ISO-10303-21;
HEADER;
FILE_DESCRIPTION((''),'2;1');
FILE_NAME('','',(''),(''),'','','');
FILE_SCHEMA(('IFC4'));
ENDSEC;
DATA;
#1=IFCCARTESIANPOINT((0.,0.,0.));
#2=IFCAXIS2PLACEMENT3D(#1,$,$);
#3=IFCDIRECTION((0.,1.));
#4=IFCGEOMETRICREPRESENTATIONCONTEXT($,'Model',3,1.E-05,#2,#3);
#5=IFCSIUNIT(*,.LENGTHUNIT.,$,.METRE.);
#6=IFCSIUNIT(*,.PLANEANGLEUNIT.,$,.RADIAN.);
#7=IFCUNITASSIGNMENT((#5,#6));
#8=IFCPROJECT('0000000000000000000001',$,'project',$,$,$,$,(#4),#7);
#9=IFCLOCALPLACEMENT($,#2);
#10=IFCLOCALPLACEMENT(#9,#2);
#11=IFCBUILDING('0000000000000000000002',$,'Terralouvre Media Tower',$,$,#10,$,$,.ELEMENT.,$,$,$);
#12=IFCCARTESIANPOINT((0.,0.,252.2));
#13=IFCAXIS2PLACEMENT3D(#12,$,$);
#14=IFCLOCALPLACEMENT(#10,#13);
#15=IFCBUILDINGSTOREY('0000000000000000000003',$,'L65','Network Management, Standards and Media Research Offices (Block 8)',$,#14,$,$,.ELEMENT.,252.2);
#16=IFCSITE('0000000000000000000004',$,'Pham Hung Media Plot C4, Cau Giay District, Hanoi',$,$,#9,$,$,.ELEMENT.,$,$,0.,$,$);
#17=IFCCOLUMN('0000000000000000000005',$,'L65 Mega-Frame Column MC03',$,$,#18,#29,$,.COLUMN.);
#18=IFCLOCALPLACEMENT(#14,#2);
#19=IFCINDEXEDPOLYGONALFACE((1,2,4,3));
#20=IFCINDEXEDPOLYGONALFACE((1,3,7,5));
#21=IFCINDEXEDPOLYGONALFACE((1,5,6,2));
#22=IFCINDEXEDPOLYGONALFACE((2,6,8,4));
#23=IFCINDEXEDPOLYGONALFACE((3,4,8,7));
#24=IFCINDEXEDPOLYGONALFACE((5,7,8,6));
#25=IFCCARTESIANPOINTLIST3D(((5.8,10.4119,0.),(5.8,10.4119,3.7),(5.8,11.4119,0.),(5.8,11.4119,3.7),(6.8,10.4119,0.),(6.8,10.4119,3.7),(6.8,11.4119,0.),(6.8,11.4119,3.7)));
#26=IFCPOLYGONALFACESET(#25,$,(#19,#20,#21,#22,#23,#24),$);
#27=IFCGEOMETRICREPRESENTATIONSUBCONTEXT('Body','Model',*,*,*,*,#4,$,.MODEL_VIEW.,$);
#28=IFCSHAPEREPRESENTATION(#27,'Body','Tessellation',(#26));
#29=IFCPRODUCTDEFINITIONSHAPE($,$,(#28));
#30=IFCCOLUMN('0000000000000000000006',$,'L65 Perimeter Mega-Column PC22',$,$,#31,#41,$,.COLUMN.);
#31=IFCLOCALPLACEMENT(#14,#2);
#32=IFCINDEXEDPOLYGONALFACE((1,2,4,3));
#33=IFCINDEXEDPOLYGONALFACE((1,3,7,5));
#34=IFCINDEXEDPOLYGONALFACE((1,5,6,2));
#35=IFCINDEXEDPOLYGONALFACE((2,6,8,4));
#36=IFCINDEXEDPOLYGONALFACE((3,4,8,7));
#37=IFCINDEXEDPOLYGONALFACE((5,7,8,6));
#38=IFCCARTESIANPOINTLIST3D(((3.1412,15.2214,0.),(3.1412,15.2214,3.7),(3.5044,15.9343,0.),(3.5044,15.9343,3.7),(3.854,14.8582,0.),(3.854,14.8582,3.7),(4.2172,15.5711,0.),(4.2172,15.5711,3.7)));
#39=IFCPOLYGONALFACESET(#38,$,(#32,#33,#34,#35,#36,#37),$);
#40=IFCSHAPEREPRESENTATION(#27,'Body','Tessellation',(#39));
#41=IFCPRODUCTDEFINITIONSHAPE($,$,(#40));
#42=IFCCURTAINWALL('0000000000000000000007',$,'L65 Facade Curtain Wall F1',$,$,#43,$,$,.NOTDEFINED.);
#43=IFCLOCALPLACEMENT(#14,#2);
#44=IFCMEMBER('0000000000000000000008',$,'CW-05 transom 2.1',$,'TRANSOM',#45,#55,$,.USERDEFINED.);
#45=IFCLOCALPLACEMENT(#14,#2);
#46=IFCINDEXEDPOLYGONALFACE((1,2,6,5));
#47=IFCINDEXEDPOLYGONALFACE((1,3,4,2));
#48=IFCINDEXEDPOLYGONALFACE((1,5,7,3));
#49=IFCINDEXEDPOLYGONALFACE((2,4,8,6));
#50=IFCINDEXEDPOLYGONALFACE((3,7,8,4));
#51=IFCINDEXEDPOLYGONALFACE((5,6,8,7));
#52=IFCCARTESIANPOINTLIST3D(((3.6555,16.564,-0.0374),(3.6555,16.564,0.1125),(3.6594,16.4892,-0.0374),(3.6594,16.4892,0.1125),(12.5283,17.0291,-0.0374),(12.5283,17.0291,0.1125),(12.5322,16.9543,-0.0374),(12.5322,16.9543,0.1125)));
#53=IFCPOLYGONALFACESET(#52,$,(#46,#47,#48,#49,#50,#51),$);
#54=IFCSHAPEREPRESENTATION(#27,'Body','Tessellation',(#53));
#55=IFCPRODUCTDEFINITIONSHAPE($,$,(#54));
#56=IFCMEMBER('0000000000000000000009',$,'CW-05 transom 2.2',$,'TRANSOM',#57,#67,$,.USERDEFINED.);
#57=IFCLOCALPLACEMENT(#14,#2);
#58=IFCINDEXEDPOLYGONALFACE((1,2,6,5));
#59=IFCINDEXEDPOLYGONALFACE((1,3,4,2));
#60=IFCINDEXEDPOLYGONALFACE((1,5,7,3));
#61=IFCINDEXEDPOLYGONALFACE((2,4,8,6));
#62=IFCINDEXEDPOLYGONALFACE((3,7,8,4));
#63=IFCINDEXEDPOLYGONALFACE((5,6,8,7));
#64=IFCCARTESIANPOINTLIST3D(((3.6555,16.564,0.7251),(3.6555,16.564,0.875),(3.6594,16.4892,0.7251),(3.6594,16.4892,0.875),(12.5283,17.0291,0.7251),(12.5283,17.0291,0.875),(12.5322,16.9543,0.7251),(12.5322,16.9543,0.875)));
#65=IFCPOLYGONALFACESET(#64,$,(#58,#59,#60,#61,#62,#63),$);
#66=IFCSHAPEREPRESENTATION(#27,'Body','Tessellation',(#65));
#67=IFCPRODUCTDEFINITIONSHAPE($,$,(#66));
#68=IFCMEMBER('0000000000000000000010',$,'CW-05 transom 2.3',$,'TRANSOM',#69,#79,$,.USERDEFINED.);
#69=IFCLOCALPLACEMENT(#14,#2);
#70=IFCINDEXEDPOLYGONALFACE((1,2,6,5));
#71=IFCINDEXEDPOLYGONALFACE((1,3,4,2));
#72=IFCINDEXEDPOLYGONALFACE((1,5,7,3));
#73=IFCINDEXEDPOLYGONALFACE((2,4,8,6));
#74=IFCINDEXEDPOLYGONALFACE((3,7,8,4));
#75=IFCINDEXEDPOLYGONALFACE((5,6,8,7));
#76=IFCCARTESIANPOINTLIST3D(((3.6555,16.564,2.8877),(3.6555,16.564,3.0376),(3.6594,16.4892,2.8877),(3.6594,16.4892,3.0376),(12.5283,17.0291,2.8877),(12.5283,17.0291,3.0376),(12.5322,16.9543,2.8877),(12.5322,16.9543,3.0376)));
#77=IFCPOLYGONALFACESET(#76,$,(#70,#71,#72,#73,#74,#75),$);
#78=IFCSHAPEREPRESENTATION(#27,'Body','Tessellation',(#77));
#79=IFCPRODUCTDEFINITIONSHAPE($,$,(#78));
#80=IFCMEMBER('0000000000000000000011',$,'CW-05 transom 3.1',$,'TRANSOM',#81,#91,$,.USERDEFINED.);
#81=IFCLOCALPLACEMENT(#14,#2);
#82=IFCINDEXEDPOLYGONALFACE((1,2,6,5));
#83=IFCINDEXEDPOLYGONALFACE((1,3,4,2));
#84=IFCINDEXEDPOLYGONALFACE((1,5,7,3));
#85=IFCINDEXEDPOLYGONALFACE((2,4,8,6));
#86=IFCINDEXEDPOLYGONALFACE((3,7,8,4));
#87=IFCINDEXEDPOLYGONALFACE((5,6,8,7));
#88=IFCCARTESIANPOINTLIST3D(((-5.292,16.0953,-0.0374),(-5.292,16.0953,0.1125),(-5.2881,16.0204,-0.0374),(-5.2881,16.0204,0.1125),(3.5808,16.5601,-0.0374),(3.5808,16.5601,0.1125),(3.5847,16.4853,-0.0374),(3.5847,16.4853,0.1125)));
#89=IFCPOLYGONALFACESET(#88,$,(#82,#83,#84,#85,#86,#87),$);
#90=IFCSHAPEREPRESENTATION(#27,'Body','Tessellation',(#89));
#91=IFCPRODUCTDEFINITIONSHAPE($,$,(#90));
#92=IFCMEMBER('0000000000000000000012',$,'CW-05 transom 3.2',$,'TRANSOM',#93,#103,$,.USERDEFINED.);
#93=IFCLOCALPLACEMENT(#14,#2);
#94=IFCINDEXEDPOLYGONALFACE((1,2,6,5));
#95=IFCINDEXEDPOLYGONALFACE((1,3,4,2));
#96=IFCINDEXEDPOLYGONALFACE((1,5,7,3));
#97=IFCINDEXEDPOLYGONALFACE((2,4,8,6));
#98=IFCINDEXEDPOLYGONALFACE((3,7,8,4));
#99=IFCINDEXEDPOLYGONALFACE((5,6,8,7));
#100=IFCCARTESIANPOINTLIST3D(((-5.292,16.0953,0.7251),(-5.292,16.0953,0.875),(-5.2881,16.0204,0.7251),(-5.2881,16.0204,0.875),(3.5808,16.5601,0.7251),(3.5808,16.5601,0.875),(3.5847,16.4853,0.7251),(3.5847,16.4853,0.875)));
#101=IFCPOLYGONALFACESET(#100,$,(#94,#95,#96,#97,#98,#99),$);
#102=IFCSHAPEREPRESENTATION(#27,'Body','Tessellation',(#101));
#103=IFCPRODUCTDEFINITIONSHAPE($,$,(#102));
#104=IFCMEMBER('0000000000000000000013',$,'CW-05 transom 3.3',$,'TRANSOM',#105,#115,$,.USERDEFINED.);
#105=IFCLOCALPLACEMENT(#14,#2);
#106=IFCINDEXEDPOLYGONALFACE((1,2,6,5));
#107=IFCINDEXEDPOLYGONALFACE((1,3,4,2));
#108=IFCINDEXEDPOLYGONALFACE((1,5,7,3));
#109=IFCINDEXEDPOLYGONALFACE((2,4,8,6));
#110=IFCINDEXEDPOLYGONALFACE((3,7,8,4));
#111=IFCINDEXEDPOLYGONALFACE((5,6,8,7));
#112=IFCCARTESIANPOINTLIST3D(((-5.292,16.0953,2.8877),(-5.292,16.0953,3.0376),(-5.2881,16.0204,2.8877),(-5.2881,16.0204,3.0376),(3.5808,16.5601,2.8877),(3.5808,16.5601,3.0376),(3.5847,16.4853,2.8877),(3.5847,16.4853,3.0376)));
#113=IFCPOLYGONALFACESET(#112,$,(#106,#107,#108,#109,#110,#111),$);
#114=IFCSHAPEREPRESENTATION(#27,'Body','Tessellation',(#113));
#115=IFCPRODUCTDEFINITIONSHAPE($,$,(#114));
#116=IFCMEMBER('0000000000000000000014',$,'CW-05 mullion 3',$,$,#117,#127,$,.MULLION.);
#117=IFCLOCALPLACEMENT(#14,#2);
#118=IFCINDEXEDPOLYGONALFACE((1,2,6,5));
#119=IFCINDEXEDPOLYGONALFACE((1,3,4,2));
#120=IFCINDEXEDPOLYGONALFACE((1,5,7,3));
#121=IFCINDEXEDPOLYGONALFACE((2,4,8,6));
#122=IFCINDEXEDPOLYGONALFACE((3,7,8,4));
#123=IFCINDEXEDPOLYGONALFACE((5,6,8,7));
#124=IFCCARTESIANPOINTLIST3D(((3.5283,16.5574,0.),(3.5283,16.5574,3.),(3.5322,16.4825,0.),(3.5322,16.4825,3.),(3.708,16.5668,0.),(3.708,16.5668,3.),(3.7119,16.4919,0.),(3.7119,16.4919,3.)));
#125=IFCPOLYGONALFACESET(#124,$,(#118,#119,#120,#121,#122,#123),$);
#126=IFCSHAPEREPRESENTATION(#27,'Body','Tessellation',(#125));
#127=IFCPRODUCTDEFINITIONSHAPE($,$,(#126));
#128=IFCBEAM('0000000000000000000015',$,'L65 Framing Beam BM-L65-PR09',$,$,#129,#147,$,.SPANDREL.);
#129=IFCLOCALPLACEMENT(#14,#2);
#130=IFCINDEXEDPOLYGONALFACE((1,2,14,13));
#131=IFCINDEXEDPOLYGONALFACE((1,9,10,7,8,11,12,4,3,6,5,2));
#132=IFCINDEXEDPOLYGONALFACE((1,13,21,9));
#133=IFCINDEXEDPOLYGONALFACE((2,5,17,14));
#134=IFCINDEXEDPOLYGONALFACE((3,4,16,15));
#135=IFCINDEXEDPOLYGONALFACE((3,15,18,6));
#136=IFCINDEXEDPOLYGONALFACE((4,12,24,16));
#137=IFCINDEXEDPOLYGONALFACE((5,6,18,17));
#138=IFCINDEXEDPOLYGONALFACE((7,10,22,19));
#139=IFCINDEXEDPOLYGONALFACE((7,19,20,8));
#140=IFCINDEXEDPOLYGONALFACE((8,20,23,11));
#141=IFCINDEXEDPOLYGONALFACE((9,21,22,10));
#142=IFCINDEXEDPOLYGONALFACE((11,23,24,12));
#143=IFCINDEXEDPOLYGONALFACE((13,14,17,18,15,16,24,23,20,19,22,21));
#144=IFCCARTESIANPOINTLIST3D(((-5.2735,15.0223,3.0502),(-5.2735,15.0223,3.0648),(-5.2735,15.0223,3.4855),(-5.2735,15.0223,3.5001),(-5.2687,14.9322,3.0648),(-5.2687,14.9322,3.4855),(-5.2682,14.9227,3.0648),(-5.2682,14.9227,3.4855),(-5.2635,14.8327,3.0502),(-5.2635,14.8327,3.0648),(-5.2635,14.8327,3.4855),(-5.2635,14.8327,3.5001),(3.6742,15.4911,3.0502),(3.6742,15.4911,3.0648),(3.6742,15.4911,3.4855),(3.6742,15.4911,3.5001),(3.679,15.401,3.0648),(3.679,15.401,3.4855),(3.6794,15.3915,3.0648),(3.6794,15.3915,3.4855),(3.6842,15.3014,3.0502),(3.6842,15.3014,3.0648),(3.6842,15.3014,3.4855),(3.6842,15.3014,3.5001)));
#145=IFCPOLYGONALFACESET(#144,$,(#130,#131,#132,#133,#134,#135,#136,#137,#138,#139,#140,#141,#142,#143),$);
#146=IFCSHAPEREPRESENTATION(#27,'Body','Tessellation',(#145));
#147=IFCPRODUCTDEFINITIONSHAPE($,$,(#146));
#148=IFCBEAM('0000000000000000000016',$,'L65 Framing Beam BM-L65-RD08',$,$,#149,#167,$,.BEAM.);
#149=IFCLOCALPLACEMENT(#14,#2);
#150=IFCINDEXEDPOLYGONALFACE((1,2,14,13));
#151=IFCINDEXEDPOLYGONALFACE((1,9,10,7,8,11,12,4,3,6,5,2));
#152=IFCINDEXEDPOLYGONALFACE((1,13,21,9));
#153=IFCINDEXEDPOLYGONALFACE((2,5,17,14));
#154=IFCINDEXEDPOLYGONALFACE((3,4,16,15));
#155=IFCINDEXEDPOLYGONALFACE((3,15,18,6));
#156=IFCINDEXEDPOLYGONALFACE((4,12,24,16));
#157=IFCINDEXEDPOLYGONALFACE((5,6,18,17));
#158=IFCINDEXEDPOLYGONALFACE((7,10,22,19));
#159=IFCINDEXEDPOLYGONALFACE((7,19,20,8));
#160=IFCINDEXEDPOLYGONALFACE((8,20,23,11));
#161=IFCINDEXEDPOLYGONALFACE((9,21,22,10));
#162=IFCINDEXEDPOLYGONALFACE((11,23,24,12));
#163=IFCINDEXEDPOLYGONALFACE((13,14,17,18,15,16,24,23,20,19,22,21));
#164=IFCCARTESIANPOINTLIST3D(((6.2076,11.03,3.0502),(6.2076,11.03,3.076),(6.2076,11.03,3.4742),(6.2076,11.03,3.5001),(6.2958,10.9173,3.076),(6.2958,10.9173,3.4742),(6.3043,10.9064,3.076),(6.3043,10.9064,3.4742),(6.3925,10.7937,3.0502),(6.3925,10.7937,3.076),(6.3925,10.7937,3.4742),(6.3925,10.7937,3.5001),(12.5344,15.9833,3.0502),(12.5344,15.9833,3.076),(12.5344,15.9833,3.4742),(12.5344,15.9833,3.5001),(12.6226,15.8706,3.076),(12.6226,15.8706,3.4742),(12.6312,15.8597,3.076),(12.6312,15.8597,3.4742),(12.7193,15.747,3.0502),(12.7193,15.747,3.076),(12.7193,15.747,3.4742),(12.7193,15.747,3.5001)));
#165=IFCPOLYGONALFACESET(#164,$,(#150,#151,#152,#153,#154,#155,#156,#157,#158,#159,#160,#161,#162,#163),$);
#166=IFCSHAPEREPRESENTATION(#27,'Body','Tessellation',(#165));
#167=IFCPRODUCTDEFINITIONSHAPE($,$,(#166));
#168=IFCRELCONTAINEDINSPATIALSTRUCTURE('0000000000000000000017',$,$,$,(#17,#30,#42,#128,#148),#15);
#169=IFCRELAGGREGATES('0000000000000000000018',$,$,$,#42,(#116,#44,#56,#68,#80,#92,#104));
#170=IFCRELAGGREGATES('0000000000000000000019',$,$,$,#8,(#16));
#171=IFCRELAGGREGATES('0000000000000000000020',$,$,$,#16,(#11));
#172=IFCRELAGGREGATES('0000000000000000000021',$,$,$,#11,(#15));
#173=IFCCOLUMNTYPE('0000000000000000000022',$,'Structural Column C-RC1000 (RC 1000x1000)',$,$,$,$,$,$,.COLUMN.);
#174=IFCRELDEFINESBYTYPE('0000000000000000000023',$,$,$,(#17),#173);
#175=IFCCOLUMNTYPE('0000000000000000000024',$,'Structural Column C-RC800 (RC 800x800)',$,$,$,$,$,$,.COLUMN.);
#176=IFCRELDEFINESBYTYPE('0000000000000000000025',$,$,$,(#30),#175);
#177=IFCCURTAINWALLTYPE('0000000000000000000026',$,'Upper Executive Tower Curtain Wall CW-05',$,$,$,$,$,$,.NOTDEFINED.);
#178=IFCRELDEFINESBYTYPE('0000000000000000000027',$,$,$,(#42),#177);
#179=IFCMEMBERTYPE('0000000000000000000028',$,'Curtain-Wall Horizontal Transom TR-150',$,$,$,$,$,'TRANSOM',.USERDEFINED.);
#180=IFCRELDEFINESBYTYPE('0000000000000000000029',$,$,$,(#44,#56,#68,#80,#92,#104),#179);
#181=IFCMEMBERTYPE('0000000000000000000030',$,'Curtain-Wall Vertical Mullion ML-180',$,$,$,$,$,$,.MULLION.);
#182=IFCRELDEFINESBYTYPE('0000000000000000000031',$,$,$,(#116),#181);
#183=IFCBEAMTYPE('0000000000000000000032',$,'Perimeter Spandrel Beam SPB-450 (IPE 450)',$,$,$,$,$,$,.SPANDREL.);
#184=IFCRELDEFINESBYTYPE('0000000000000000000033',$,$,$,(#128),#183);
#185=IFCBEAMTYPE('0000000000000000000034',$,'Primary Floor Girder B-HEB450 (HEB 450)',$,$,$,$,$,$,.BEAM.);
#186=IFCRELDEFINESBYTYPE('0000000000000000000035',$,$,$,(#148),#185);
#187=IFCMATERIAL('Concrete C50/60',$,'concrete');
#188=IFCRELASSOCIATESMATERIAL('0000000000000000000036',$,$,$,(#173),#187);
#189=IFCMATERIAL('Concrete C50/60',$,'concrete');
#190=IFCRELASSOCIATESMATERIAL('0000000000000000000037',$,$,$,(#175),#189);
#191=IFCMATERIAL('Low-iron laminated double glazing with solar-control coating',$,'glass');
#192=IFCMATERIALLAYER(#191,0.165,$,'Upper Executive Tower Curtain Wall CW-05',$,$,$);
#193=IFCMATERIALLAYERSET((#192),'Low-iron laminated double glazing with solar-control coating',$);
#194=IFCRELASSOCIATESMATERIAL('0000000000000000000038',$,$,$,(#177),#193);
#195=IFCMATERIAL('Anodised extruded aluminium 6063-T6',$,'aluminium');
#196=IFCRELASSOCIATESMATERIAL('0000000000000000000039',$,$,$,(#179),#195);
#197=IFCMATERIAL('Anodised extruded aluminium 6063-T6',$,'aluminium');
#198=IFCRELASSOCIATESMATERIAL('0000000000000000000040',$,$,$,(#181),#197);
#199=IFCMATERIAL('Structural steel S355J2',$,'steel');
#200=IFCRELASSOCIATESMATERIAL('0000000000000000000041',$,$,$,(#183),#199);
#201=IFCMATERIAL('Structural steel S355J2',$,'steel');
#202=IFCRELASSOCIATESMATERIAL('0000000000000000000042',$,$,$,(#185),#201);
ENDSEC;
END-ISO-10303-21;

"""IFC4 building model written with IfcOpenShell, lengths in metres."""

from ifc_helpers import new_model, si_unit, direction, frame, origin, origin_2d, place, context, subcontext, project, spatial, rectangle, i_section, extrude, material, layer, layer_set, material_profile, profile_set, type_object, element, aggregate, save


model = new_model("IFC4")

# Units and contexts
model_context = context("Model", 3, precision=1e-05, world=origin(), true_north=direction((0.0, 1.0)))
body_context = subcontext(model_context, "Body", "Model", "MODEL_VIEW")
ifc_project = project(units=[si_unit("LENGTHUNIT", "METRE"), si_unit("PLANEANGLEUNIT", "RADIAN")], contexts=[model_context])

# Site, building, storey
site_placement = place(None, origin())
site = spatial("IfcSite", under=ifc_project, at=site_placement, Name="Pham Hung Media Plot C4, Cau Giay District, Hanoi", CompositionType="ELEMENT", RefElevation=0.0)
building_placement = place(site_placement, origin())
building = spatial("IfcBuilding", under=site, at=building_placement, Name="Terralouvre Media Tower", CompositionType="ELEMENT")
storey_placement = place(building_placement, frame((0.0, 0.0, 252.2)))
storey = spatial("IfcBuildingStorey", under=building, at=storey_placement, Name="L65", Description="Network Management, Standards and Media Research Offices (Block 8)", CompositionType="ELEMENT", Elevation=252.2)

# Columns
ifc_material_1 = material(Name="Concrete C50/60", Category="concrete")
ifc_material_profile_1 = material_profile(ifc_material_1, rectangle(XDim=1.0, YDim=1.0, at=origin_2d()), Name="RC 1000x1000")
ifc_profile_set_1 = profile_set([ifc_material_profile_1], Name="Concrete C50/60")
column_type_1 = type_object("IfcColumnType", Name="Structural Column C-RC1000 (RC 1000x1000)", PredefinedType="COLUMN", material=ifc_profile_set_1)
column_1_placement = place(storey_placement, frame((6.3, 10.9119, 0.0), z_axis=(0.0, 0.0, 1.0), x_axis=(1.0, 0.0, 0.0)))
element("IfcColumn", 1, at=column_1_placement, inside=storey, type_object=column_type_1, Name="L65 Mega-Frame Column MC03", PredefinedType="COLUMN", context=body_context, shape_type="SweptSolid", body=[
    extrude(rectangle(XDim=1.0, YDim=1.0, at=origin_2d()), origin(), (0.0, 0.0, 1.0), 3.7),
])
ifc_material_2 = material(Name="Concrete C50/60", Category="concrete")
ifc_material_profile_2 = material_profile(ifc_material_2, rectangle(XDim=0.8, YDim=0.8, at=origin_2d()), Name="RC 800x800")
ifc_profile_set_2 = profile_set([ifc_material_profile_2], Name="Concrete C50/60")
column_type_2 = type_object("IfcColumnType", Name="Structural Column C-RC800 (RC 800x800)", PredefinedType="COLUMN", material=ifc_profile_set_2)
column_2_placement = place(storey_placement, frame((3.6792, 15.3962, 0.0), z_axis=(0.0, 0.0, 1.0), x_axis=(0.45399, 0.891007, 0.0)))
element("IfcColumn", 2, at=column_2_placement, inside=storey, type_object=column_type_2, Name="L65 Perimeter Mega-Column PC22", PredefinedType="COLUMN", context=body_context, shape_type="SweptSolid", body=[
    extrude(rectangle(XDim=0.8, YDim=0.8, at=origin_2d()), origin(), (0.0, 0.0, 1.0), 3.7),
])

# Curtain wall, members
ifc_material_3 = material(Name="Low-iron laminated double glazing with solar-control coating", Category="glass")
ifc_layer_1 = layer(ifc_material_3, 0.165, Name="Upper Executive Tower Curtain Wall CW-05")
ifc_layer_set_1 = layer_set([ifc_layer_1], Name="Low-iron laminated double glazing with solar-control coating")
curtain_wall_type = type_object("IfcCurtainWallType", Name="Upper Executive Tower Curtain Wall CW-05", PredefinedType="NOTDEFINED", material=ifc_layer_set_1)
curtain_wall_placement = place(storey_placement, origin())
curtain_wall = element("IfcCurtainWall", 3, at=curtain_wall_placement, inside=storey, type_object=curtain_wall_type, Name="L65 Facade Curtain Wall F1", PredefinedType="NOTDEFINED")
ifc_material_4 = material(Name="Anodised extruded aluminium 6063-T6", Category="aluminium")
ifc_material_profile_3 = material_profile(ifc_material_4, rectangle(XDim=0.075, YDim=0.1499, at=origin_2d()), Name="ALU 75x150")
ifc_profile_set_3 = profile_set([ifc_material_profile_3], Name="Anodised extruded aluminium 6063-T6")
member_type_1 = type_object("IfcMemberType", Name="Curtain-Wall Horizontal Transom TR-150", ElementType="TRANSOM", PredefinedType="USERDEFINED", material=ifc_profile_set_3)
member_1_placement = place(storey_placement, frame((12.5303, 16.9917, 0.0376), z_axis=(-0.998629, -0.052345, 0.0), x_axis=(0.052345, -0.998629, 0.0)))
member_1 = element("IfcMember", 4, at=member_1_placement, type_object=member_type_1, Name="CW-05 transom 2.1", ObjectType="TRANSOM", PredefinedType="USERDEFINED", context=body_context, shape_type="SweptSolid", body=[
    extrude(rectangle(XDim=0.075, YDim=0.1499, at=origin_2d()), origin(), (0.0, 0.0, 1.0), 8.885),
])
member_2_placement = place(storey_placement, frame((12.5303, 16.9917, 0.8), z_axis=(-0.998629, -0.052345, 0.0), x_axis=(0.052345, -0.998629, 0.0)))
member_2 = element("IfcMember", 5, at=member_2_placement, type_object=member_type_1, Name="CW-05 transom 2.2", ObjectType="TRANSOM", PredefinedType="USERDEFINED", context=body_context, shape_type="SweptSolid", body=[
    extrude(rectangle(XDim=0.075, YDim=0.1499, at=origin_2d()), origin(), (0.0, 0.0, 1.0), 8.885),
])
member_3_placement = place(storey_placement, frame((12.5303, 16.9917, 2.9626), z_axis=(-0.998629, -0.052345, 0.0), x_axis=(0.052345, -0.998629, 0.0)))
member_3 = element("IfcMember", 6, at=member_3_placement, type_object=member_type_1, Name="CW-05 transom 2.3", ObjectType="TRANSOM", PredefinedType="USERDEFINED", context=body_context, shape_type="SweptSolid", body=[
    extrude(rectangle(XDim=0.075, YDim=0.1499, at=origin_2d()), origin(), (0.0, 0.0, 1.0), 8.885),
])
member_4_placement = place(storey_placement, frame((3.5828, 16.5227, 0.0376), z_axis=(-0.99863, -0.052318, 0.0), x_axis=(0.052318, -0.99863, 0.0)))
member_4 = element("IfcMember", 7, at=member_4_placement, type_object=member_type_1, Name="CW-05 transom 3.1", ObjectType="TRANSOM", PredefinedType="USERDEFINED", context=body_context, shape_type="SweptSolid", body=[
    extrude(rectangle(XDim=0.075, YDim=0.1499, at=origin_2d()), origin(), (0.0, 0.0, 1.0), 8.885),
])
member_5_placement = place(storey_placement, frame((3.5828, 16.5227, 0.8), z_axis=(-0.99863, -0.052318, 0.0), x_axis=(0.052318, -0.99863, 0.0)))
member_5 = element("IfcMember", 8, at=member_5_placement, type_object=member_type_1, Name="CW-05 transom 3.2", ObjectType="TRANSOM", PredefinedType="USERDEFINED", context=body_context, shape_type="SweptSolid", body=[
    extrude(rectangle(XDim=0.075, YDim=0.1499, at=origin_2d()), origin(), (0.0, 0.0, 1.0), 8.885),
])
member_6_placement = place(storey_placement, frame((3.5828, 16.5227, 2.9626), z_axis=(-0.99863, -0.052318, 0.0), x_axis=(0.052318, -0.99863, 0.0)))
member_6 = element("IfcMember", 9, at=member_6_placement, type_object=member_type_1, Name="CW-05 transom 3.3", ObjectType="TRANSOM", PredefinedType="USERDEFINED", context=body_context, shape_type="SweptSolid", body=[
    extrude(rectangle(XDim=0.075, YDim=0.1499, at=origin_2d()), origin(), (0.0, 0.0, 1.0), 8.885),
])
ifc_material_5 = material(Name="Anodised extruded aluminium 6063-T6", Category="aluminium")
ifc_material_profile_4 = material_profile(ifc_material_5, rectangle(XDim=0.075, YDim=0.1799, at=origin_2d()), Name="ALU 75x180")
ifc_profile_set_4 = profile_set([ifc_material_profile_4], Name="Anodised extruded aluminium 6063-T6")
member_type_2 = type_object("IfcMemberType", Name="Curtain-Wall Vertical Mullion ML-180", PredefinedType="MULLION", material=ifc_profile_set_4)
member_7_placement = place(storey_placement, frame((3.6201, 16.5247, 0.0), z_axis=(0.0, 0.0, 1.0), x_axis=(0.052336, -0.99863, 0.0)))
member_7 = element("IfcMember", 10, at=member_7_placement, type_object=member_type_2, Name="CW-05 mullion 3", PredefinedType="MULLION", context=body_context, shape_type="SweptSolid", body=[
    extrude(rectangle(XDim=0.075, YDim=0.1799, at=origin_2d()), origin(), (0.0, 0.0, 1.0), 3.0),
])

# Beams
ifc_material_6 = material(Name="Structural steel S355J2", Category="steel")
ifc_material_profile_5 = material_profile(ifc_material_6, i_section(OverallWidth=0.1899, OverallDepth=0.45, WebThickness=0.0095, FlangeThickness=0.0146, at=origin_2d()), Name="IPE 450")
ifc_profile_set_5 = profile_set([ifc_material_profile_5], Name="Structural steel S355J2")
beam_type_1 = type_object("IfcBeamType", Name="Perimeter Spandrel Beam SPB-450 (IPE 450)", PredefinedType="SPANDREL", material=ifc_profile_set_5)
beam_1_placement = place(storey_placement, frame((3.6792, 15.3962, 3.2751), z_axis=(-0.998631, -0.052316, 0.0), x_axis=(0.052316, -0.998631, 0.0)))
element("IfcBeam", 11, at=beam_1_placement, inside=storey, type_object=beam_type_1, Name="L65 Framing Beam BM-L65-PR09", PredefinedType="SPANDREL", context=body_context, shape_type="SweptSolid", body=[
    extrude(i_section(OverallWidth=0.1899, OverallDepth=0.45, WebThickness=0.0095, FlangeThickness=0.0146, at=origin_2d()), origin(), (0.0, 0.0, 1.0), 8.96),
])
ifc_material_7 = material(Name="Structural steel S355J2", Category="steel")
ifc_material_profile_6 = material_profile(ifc_material_7, i_section(OverallWidth=0.3, OverallDepth=0.45, WebThickness=0.0139, FlangeThickness=0.0259, at=origin_2d()), Name="HEB 450")
ifc_profile_set_6 = profile_set([ifc_material_profile_6], Name="Structural steel S355J2")
beam_type_2 = type_object("IfcBeamType", Name="Primary Floor Girder B-HEB450 (HEB 450)", PredefinedType="BEAM", material=ifc_profile_set_6)
beam_2_placement = place(storey_placement, frame((6.3, 10.9119, 3.2751), z_axis=(0.787392, 0.616453, 0.0), x_axis=(-0.616453, 0.787392, 0.0)))
element("IfcBeam", 12, at=beam_2_placement, inside=storey, type_object=beam_type_2, Name="L65 Framing Beam BM-L65-RD08", PredefinedType="BEAM", context=body_context, shape_type="SweptSolid", body=[
    extrude(i_section(OverallWidth=0.3, OverallDepth=0.45, WebThickness=0.0139, FlangeThickness=0.0259, at=origin_2d()), origin(), (0.0, 0.0, 1.0), 8.0352),
])

aggregate(curtain_wall, [member_7, member_1, member_2, member_3, member_4, member_5, member_6])

save(model, "model.ifc")
